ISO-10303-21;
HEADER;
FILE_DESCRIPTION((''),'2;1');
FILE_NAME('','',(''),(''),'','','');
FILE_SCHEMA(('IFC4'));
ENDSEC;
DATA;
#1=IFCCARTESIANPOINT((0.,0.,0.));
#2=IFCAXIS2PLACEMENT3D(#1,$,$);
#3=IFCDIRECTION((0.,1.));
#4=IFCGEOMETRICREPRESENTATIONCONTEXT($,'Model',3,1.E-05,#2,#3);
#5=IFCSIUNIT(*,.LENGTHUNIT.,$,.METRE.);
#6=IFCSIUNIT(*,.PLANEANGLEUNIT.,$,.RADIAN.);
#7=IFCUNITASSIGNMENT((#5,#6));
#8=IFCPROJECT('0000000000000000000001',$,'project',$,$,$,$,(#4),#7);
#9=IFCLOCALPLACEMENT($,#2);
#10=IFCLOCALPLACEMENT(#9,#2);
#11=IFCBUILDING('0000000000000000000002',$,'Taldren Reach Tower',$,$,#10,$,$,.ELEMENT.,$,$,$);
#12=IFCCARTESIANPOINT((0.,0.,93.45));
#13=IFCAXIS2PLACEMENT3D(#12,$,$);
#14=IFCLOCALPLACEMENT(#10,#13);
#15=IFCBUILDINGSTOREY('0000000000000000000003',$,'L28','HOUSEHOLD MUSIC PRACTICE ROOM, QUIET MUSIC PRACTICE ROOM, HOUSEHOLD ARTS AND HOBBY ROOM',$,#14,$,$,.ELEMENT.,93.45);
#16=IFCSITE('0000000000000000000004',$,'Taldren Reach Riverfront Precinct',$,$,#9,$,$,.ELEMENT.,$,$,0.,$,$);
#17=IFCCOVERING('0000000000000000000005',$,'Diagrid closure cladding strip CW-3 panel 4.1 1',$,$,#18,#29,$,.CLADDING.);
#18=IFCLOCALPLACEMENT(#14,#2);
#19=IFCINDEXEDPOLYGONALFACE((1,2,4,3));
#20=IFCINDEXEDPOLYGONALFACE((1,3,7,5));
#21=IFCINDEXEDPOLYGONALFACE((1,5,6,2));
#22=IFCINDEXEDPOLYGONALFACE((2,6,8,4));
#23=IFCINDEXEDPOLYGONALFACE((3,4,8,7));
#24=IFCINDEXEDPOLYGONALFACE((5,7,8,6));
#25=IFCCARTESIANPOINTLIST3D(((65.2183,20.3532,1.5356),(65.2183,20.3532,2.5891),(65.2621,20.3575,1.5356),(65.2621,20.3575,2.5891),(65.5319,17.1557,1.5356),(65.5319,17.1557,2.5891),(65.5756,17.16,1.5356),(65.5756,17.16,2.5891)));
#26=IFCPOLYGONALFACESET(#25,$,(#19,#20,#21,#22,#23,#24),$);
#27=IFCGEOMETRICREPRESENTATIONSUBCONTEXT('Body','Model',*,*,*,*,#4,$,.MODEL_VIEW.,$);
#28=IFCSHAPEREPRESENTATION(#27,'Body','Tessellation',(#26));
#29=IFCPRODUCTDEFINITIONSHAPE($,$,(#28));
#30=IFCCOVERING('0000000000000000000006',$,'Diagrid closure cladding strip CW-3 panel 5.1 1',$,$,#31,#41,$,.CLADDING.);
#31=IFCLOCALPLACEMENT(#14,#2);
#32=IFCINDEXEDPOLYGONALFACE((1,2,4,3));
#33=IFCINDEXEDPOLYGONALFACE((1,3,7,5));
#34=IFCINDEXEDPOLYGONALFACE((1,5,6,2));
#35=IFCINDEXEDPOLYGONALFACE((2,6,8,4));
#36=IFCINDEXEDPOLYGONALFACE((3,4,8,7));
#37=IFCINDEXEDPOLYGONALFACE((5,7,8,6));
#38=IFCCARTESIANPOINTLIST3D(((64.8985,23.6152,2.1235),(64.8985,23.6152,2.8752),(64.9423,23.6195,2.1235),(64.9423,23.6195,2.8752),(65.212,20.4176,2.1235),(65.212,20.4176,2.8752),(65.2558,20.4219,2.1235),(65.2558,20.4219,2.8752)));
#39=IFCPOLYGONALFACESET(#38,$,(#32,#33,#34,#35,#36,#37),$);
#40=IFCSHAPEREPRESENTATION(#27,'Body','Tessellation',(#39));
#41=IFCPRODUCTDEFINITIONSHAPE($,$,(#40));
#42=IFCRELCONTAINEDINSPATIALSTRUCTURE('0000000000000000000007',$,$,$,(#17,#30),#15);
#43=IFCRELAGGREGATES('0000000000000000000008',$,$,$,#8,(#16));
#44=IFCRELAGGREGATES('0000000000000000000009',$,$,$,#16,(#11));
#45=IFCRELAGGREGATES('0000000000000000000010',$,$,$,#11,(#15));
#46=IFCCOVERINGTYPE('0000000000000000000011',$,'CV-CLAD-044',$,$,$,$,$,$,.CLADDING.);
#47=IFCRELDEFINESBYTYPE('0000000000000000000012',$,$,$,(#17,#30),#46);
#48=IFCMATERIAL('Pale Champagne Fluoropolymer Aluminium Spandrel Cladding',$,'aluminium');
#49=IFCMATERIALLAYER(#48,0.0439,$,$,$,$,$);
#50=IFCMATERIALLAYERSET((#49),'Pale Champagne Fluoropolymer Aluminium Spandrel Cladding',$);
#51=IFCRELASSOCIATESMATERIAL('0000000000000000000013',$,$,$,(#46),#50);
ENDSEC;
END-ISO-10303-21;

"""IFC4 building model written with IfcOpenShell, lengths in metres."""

from ifc_helpers import new_model, si_unit, direction, frame, origin, origin_2d, place, context, subcontext, project, spatial, rectangle, extrude, source, transform, mapped, material, layer, layer_set, type_object, element, save


model = new_model("IFC4")

# Units and contexts
model_context = context("Model", 3, precision=1e-05, world=origin(), true_north=direction((0.0, 1.0)))
body_context = subcontext(model_context, "Body", "Model", "MODEL_VIEW")
ifc_project = project(units=[si_unit("LENGTHUNIT", "METRE"), si_unit("PLANEANGLEUNIT", "RADIAN")], contexts=[model_context])

# Site, building, storey
site_placement = place(None, origin())
site = spatial("IfcSite", under=ifc_project, at=site_placement, Name="Taldren Reach Riverfront Precinct", CompositionType="ELEMENT", RefElevation=0.0)
building_placement = place(site_placement, origin())
building = spatial("IfcBuilding", under=site, at=building_placement, Name="Taldren Reach Tower", CompositionType="ELEMENT")
storey_placement = place(building_placement, frame((0.0, 0.0, 93.45)))
storey = spatial("IfcBuildingStorey", under=building, at=storey_placement, Name="L28", Description="HOUSEHOLD MUSIC PRACTICE ROOM, QUIET MUSIC PRACTICE ROOM, HOUSEHOLD ARTS AND HOBBY ROOM", CompositionType="ELEMENT", Elevation=93.45)

# Coverings
ifc_material_1 = material(Name="Pale Champagne Fluoropolymer Aluminium Spandrel Cladding", Category="aluminium")
ifc_layer_1 = layer(ifc_material_1, 0.0439)
ifc_layer_set_1 = layer_set([ifc_layer_1], Name="Pale Champagne Fluoropolymer Aluminium Spandrel Cladding")
covering_type = type_object("IfcCoveringType", Name="CV-CLAD-044", PredefinedType="CLADDING", material=ifc_layer_set_1)
shared_shape_1 = source(origin(), body_context, "Body", "SweptSolid", [
    extrude(rectangle(XDim=3.2129, YDim=0.0439, at=origin_2d()), origin(), (0.0, 0.0, 1.0), 1.0535),
])
covering_1_placement = place(storey_placement, frame((65.397, 18.7566, 1.5356), z_axis=(0.0, 0.0, 1.0), x_axis=(-0.097583, 0.995227, 0.0)))
element("IfcCovering", 1, at=covering_1_placement, inside=storey, type_object=covering_type, Name="Diagrid closure cladding strip CW-3 panel 4.1 1", PredefinedType="CLADDING", context=body_context, shape_type="MappedRepresentation", body=[
    mapped(shared_shape_1, transform((0.0, 0.0, 0.0), scale=1.0)),
])
shared_shape_2 = source(origin(), body_context, "Body", "SweptSolid", [
    extrude(rectangle(XDim=3.2129, YDim=0.0439, at=origin_2d()), origin(), (0.0, 0.0, 1.0), 0.7517),
])
covering_2_placement = place(storey_placement, frame((65.0771, 22.0186, 2.1235), z_axis=(0.0, 0.0, 1.0), x_axis=(-0.097583, 0.995227, 0.0)))
element("IfcCovering", 2, at=covering_2_placement, inside=storey, type_object=covering_type, Name="Diagrid closure cladding strip CW-3 panel 5.1 1", PredefinedType="CLADDING", context=body_context, shape_type="MappedRepresentation", body=[
    mapped(shared_shape_2, transform((0.0, 0.0, 0.0), scale=1.0)),
])

save(model, "model.ifc")
